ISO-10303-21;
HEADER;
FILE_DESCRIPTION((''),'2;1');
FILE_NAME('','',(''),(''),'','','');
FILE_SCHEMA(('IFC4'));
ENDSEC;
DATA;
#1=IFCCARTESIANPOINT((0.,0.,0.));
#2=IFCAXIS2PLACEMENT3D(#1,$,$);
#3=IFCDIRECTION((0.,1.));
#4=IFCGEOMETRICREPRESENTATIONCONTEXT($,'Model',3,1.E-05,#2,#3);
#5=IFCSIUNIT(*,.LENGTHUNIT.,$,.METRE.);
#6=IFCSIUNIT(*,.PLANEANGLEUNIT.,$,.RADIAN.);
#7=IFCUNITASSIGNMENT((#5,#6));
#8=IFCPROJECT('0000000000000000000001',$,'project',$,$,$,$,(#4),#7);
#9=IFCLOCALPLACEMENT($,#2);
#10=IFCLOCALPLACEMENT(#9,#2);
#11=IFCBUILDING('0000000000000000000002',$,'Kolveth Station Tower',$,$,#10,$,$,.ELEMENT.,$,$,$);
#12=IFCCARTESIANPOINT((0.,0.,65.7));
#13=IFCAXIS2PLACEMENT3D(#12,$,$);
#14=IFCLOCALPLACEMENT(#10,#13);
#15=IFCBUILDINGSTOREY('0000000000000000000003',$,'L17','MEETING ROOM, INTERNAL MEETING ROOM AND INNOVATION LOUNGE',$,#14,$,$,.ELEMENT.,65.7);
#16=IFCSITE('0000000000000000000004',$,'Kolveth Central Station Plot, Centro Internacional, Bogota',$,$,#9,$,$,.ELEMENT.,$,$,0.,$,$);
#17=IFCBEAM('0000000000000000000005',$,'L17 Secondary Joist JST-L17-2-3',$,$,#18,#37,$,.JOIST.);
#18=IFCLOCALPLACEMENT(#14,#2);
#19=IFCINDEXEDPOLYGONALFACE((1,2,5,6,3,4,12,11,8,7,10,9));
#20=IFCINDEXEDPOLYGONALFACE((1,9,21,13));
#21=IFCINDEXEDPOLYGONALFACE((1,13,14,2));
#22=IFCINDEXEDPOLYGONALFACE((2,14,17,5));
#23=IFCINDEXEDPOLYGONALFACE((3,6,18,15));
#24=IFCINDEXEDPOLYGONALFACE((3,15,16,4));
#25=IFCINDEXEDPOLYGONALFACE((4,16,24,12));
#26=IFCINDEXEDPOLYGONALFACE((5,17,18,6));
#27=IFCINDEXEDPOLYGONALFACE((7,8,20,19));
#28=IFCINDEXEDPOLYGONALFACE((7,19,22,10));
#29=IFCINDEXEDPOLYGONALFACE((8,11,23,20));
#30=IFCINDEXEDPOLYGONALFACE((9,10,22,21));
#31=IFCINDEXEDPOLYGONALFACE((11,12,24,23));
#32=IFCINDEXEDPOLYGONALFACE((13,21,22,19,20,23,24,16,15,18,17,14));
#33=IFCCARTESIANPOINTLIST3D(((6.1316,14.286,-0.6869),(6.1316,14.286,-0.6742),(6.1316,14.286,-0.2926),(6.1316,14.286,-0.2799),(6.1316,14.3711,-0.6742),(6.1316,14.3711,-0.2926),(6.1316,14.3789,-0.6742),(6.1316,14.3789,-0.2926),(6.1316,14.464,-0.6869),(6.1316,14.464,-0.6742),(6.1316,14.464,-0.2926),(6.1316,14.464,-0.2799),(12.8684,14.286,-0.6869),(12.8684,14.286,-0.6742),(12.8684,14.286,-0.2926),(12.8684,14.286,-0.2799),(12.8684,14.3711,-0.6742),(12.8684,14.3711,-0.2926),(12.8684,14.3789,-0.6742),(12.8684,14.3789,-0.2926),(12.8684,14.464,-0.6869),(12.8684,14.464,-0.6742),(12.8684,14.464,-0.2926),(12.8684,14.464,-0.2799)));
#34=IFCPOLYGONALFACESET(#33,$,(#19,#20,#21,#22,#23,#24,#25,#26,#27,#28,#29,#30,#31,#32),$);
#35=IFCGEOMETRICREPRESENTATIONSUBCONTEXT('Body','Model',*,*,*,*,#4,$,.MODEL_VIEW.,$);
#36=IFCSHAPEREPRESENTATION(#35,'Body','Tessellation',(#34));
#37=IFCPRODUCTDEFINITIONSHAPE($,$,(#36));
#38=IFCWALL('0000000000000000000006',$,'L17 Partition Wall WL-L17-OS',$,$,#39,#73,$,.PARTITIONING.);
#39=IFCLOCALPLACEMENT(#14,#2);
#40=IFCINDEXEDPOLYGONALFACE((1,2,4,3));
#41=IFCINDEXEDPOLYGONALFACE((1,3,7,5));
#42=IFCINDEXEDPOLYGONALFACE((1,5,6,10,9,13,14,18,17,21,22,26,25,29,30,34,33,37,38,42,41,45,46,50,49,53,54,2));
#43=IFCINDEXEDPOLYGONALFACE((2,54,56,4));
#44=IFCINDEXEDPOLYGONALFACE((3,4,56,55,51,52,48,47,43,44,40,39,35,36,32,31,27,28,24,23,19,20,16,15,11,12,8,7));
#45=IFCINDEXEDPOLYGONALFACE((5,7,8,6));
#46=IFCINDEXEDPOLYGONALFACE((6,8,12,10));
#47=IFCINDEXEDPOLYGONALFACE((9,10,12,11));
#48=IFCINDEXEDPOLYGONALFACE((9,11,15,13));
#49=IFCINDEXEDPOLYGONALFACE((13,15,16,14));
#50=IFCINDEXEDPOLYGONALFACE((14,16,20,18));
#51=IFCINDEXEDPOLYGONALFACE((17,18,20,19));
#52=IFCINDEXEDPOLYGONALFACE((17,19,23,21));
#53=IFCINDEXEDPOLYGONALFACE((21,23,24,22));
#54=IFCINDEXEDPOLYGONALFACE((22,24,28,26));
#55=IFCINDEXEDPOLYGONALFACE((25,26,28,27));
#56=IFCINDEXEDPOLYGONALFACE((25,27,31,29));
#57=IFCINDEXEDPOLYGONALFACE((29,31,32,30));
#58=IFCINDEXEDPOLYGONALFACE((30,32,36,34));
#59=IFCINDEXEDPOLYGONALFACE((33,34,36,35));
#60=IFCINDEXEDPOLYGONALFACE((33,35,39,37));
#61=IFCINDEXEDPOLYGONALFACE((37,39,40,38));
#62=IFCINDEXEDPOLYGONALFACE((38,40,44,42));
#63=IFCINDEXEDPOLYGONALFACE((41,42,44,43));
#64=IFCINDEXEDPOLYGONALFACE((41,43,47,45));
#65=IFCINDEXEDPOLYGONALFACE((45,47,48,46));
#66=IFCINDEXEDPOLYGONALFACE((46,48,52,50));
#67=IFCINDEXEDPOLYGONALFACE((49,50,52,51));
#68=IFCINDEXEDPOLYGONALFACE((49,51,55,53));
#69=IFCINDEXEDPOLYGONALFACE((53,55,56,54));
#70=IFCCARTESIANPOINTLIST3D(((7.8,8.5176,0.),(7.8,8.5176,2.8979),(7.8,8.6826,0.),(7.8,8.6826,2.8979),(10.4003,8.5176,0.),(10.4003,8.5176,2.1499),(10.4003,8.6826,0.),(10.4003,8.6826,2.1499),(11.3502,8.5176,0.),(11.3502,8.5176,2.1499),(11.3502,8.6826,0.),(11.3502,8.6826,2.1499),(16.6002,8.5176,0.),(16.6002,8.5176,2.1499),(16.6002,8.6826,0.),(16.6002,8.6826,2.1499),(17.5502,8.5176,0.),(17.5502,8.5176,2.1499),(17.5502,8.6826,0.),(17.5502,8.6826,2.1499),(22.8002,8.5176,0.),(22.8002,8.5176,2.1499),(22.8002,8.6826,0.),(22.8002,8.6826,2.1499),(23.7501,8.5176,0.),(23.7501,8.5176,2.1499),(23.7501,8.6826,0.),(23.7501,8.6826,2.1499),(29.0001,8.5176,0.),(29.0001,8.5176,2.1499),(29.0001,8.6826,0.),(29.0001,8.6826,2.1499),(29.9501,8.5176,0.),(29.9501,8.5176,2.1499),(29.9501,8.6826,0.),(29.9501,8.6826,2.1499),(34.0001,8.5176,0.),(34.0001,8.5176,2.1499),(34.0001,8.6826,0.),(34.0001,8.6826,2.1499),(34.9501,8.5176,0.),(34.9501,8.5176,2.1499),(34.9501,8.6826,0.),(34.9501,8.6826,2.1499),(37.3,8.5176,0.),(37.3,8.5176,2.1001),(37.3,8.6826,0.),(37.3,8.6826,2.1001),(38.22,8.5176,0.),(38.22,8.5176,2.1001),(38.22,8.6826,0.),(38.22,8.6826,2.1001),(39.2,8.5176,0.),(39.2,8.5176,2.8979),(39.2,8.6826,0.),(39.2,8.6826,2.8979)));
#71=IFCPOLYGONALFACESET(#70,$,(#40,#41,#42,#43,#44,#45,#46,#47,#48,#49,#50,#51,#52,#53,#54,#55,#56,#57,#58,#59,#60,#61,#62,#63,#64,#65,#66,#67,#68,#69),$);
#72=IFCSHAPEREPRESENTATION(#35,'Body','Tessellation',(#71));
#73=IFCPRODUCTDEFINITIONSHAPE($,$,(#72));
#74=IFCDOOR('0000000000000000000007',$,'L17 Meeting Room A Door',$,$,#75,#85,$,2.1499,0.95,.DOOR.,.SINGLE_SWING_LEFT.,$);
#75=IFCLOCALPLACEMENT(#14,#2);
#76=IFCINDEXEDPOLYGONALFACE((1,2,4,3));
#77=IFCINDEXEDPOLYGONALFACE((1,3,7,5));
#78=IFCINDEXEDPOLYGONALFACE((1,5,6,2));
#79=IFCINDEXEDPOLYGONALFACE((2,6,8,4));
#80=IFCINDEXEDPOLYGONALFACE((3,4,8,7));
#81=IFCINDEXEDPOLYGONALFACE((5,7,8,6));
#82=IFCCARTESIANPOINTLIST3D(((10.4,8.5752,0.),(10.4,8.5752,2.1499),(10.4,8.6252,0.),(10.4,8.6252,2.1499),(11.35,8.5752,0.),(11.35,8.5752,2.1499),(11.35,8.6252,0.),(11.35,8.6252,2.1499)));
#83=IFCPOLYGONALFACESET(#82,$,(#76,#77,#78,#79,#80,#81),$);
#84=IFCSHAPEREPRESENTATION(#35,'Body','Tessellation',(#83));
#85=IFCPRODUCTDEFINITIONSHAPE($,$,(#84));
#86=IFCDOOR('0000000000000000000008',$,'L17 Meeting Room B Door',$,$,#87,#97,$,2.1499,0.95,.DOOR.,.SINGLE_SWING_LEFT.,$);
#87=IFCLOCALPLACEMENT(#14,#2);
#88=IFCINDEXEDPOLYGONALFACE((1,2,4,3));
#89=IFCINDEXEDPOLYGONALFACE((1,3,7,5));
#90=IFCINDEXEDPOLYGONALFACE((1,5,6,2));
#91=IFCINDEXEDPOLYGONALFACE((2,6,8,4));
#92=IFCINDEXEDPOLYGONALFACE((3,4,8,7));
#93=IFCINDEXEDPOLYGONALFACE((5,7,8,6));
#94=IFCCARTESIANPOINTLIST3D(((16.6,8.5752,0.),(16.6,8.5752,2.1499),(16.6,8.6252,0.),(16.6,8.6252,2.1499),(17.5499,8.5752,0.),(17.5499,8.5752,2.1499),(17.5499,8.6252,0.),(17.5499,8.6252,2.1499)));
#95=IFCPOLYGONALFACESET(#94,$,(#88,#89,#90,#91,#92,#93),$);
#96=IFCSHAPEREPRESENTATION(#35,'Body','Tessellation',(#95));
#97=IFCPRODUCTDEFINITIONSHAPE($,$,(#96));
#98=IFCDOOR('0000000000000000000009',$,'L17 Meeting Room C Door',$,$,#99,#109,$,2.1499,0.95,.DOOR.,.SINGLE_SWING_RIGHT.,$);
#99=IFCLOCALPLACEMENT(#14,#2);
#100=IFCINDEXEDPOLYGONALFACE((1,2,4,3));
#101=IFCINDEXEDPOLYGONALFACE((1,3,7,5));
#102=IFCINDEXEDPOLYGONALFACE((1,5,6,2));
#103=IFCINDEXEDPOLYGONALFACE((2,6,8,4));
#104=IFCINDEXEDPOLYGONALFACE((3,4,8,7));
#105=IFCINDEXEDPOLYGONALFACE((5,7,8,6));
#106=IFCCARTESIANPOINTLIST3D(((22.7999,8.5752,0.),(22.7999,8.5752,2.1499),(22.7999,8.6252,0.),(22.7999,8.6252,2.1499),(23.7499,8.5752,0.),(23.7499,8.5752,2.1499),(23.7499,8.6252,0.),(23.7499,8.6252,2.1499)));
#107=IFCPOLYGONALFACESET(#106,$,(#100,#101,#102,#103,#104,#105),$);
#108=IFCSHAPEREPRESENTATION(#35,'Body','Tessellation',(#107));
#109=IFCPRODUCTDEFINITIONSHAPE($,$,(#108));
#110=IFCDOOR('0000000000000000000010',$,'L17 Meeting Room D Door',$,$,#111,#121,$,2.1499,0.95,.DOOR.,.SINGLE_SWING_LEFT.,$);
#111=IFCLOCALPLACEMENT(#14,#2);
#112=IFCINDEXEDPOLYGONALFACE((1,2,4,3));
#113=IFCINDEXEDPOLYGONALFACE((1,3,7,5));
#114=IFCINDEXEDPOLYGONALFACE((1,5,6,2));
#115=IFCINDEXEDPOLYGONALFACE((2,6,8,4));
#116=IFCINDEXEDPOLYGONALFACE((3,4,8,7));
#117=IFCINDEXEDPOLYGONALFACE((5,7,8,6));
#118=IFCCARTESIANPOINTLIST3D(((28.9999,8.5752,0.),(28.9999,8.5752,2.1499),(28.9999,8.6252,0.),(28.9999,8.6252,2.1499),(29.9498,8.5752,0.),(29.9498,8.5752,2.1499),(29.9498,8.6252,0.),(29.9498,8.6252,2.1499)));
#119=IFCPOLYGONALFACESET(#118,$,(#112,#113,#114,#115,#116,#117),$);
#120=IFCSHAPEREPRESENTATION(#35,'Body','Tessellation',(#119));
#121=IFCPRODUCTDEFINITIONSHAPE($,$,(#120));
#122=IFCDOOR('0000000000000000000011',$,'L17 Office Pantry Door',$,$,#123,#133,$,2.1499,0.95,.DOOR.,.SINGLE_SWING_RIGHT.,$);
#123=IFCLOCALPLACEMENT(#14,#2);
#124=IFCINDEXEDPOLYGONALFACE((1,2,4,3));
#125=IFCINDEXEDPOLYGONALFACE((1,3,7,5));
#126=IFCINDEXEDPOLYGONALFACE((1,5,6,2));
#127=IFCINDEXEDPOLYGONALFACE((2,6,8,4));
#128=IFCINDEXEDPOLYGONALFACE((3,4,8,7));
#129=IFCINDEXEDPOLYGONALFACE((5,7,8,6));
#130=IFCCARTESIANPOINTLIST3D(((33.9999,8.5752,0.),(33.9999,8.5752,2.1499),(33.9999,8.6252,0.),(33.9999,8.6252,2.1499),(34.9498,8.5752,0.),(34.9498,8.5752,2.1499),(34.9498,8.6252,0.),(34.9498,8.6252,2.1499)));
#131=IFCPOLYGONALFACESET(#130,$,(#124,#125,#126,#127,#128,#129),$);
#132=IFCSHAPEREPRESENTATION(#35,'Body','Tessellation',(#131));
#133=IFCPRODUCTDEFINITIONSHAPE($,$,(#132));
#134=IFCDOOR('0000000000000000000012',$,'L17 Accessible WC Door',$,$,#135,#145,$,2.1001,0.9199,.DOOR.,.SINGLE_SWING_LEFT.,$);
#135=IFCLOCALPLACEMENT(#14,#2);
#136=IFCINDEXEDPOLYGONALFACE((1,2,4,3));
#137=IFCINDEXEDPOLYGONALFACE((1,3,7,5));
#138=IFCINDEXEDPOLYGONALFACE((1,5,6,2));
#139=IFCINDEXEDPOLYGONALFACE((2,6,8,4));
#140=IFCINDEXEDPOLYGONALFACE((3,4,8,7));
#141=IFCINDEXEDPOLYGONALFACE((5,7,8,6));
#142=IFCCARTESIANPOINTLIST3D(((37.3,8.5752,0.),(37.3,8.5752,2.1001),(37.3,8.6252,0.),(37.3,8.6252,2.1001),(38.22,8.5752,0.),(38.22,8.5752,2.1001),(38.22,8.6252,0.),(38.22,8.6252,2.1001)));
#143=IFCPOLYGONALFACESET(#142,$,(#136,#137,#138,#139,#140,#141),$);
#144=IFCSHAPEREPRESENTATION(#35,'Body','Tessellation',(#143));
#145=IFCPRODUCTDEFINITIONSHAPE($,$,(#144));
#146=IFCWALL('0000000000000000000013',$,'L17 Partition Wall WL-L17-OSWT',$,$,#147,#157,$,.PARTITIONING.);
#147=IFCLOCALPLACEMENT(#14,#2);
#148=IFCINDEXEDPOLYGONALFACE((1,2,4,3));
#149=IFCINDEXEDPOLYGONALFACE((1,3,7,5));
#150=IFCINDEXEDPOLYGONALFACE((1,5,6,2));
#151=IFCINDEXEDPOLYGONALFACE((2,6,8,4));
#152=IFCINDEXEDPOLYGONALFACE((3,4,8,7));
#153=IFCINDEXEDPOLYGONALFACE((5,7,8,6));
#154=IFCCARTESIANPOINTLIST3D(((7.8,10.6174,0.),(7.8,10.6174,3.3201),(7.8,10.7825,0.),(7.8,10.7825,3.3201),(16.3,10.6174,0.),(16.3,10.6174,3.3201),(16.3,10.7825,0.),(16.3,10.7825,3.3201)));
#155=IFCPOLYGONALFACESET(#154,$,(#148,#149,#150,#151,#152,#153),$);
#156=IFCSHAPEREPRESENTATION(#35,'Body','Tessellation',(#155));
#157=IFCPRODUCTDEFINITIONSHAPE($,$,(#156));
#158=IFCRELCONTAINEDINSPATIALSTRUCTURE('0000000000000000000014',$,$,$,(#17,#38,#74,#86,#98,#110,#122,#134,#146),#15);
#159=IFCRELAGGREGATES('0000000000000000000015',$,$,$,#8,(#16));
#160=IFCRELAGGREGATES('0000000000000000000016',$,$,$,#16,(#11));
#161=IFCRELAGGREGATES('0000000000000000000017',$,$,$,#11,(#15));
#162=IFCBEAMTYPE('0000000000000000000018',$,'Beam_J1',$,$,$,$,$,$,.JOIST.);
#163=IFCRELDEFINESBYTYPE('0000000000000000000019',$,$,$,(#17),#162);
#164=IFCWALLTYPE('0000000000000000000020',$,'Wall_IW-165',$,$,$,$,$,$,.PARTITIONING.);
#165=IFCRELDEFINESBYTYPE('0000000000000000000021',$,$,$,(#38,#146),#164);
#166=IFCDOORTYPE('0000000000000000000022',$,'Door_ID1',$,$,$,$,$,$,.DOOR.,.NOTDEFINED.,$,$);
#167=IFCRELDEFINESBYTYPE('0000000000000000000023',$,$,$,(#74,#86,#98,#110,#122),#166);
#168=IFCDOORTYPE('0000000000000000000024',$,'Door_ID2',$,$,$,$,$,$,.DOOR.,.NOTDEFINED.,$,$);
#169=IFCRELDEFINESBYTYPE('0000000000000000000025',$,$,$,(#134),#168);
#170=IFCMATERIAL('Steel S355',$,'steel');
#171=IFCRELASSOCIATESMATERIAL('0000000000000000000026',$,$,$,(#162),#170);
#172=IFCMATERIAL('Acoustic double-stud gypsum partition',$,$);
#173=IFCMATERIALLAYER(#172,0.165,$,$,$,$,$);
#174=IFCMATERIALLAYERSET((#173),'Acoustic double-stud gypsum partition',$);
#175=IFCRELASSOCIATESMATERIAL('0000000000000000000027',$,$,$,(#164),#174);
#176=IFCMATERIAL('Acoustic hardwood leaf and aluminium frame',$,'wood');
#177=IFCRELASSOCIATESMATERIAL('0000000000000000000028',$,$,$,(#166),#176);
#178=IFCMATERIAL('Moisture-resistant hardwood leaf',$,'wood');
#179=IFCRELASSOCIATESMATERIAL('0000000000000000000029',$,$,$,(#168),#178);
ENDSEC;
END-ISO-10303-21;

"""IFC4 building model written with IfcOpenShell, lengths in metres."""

from ifc_helpers import new_model, si_unit, direction, frame, frame_2d, origin, origin_2d, place, context, subcontext, project, spatial, rectangle, i_section, extrude, source, transform, mapped, material, layer, layer_set, material_profile, profile_set, type_object, element, fill, save


model = new_model("IFC4")

# Units and contexts
model_context = context("Model", 3, precision=1e-05, world=origin(), true_north=direction((0.0, 1.0)))
body_context = subcontext(model_context, "Body", "Model", "MODEL_VIEW")
ifc_project = project(units=[si_unit("LENGTHUNIT", "METRE"), si_unit("PLANEANGLEUNIT", "RADIAN")], contexts=[model_context])

# Site, building, storey
site_placement = place(None, origin())
site = spatial("IfcSite", under=ifc_project, at=site_placement, Name="Kolveth Central Station Plot, Centro Internacional, Bogota", CompositionType="ELEMENT", RefElevation=0.0)
building_placement = place(site_placement, origin())
building = spatial("IfcBuilding", under=site, at=building_placement, Name="Kolveth Station Tower", CompositionType="ELEMENT")
storey_placement = place(building_placement, frame((0.0, 0.0, 65.7)))
storey = spatial("IfcBuildingStorey", under=building, at=storey_placement, Name="L17", Description="MEETING ROOM, INTERNAL MEETING ROOM AND INNOVATION LOUNGE", CompositionType="ELEMENT", Elevation=65.7)

# Beam
ifc_material_1 = material(Name="Steel S355", Category="steel")
ifc_material_profile_1 = material_profile(ifc_material_1, i_section(OverallWidth=0.178, OverallDepth=0.407, WebThickness=0.0078, FlangeThickness=0.0127, at=origin_2d()), Name="W410x60")
ifc_profile_set_1 = profile_set([ifc_material_profile_1], Name="Steel S355")
beam_type_1 = type_object("IfcBeamType", Name="Beam_J1", PredefinedType="JOIST", material=ifc_profile_set_1)
shared_shape_1 = source(origin(), body_context, "Body", "SweptSolid", [
    extrude(i_section(OverallWidth=0.178, OverallDepth=0.407, WebThickness=0.0078, FlangeThickness=0.0127, at=origin_2d()), origin(), (0.0, 0.0, 1.0), 6.7368),
])
beam_placement = place(storey_placement, frame((6.1316, 14.375, -0.4834), z_axis=(1.0, 0.0, 0.0), x_axis=(0.0, 1.0, 0.0)))
element("IfcBeam", 1, at=beam_placement, inside=storey, type_object=beam_type_1, Name="L17 Secondary Joist JST-L17-2-3", PredefinedType="JOIST", context=body_context, shape_type="MappedRepresentation", body=[
    mapped(shared_shape_1, transform((0.0, 0.0, 0.0), x_axis=(1.0, 0.0, 0.0), y_axis=(0.0, 1.0, 0.0), z_axis=(0.0, 0.0, 1.0), scale=1.0)),
])

# Wall, openings, doors
ifc_material_2 = material(Name="Acoustic double-stud gypsum partition")
ifc_layer = layer(ifc_material_2, 0.165)
ifc_layer_set = layer_set([ifc_layer], Name="Acoustic double-stud gypsum partition")
wall_type = type_object("IfcWallType", Name="Wall_IW-165", PredefinedType="PARTITIONING", material=ifc_layer_set)
wall_1_placement = place(storey_placement, frame((7.8, 8.6001, 0.0), z_axis=(0.0, 0.0, 1.0), x_axis=(1.0, 0.0, 0.0)))
wall_1 = element("IfcWall", 2, at=wall_1_placement, inside=storey, type_object=wall_type, Name="L17 Partition Wall WL-L17-OS", PredefinedType="PARTITIONING", context=body_context, shape_type="SweptSolid", body=[
    extrude(rectangle(XDim=31.3999, YDim=0.165, at=frame_2d((15.7, 0.0))), origin(), (0.0, 0.0, 1.0), 2.8979),
])
opening_1_placement = place(wall_1_placement, frame((2.6001, 0.0, 0.0)))
opening_1 = element("IfcOpeningElement", 3, at=opening_1_placement, cuts=wall_1, PredefinedType="OPENING", context=body_context, shape_type="SweptSolid", body=[
    extrude(rectangle(XDim=0.95, YDim=2.1499, at=frame_2d((0.4751, 1.075))), frame((0.0, 0.0925, 0.0), z_axis=(0.0, -1.0, 0.0), x_axis=(1.0, 0.0, 0.0)), (0.0, 0.0, 1.0), 0.1851),
])
opening_2_placement = place(wall_1_placement, frame((8.8, 0.0, 0.0)))
opening_2 = element("IfcOpeningElement", 4, at=opening_2_placement, cuts=wall_1, PredefinedType="OPENING", context=body_context, shape_type="SweptSolid", body=[
    extrude(rectangle(XDim=0.95, YDim=2.1499, at=frame_2d((0.4751, 1.075))), frame((0.0, 0.0925, 0.0), z_axis=(0.0, -1.0, 0.0), x_axis=(1.0, 0.0, 0.0)), (0.0, 0.0, 1.0), 0.1851),
])
opening_3_placement = place(wall_1_placement, frame((15.0, 0.0, 0.0)))
opening_3 = element("IfcOpeningElement", 5, at=opening_3_placement, cuts=wall_1, PredefinedType="OPENING", context=body_context, shape_type="SweptSolid", body=[
    extrude(rectangle(XDim=0.95, YDim=2.1499, at=frame_2d((0.4751, 1.075))), frame((0.0, 0.0925, 0.0), z_axis=(0.0, -1.0, 0.0), x_axis=(1.0, 0.0, 0.0)), (0.0, 0.0, 1.0), 0.1851),
])
opening_4_placement = place(wall_1_placement, frame((21.2, 0.0, 0.0)))
opening_4 = element("IfcOpeningElement", 6, at=opening_4_placement, cuts=wall_1, PredefinedType="OPENING", context=body_context, shape_type="SweptSolid", body=[
    extrude(rectangle(XDim=0.95, YDim=2.1499, at=frame_2d((0.4751, 1.075))), frame((0.0, 0.0925, 0.0), z_axis=(0.0, -1.0, 0.0), x_axis=(1.0, 0.0, 0.0)), (0.0, 0.0, 1.0), 0.1851),
])
opening_5_placement = place(wall_1_placement, frame((26.2, 0.0, 0.0)))
opening_5 = element("IfcOpeningElement", 7, at=opening_5_placement, cuts=wall_1, PredefinedType="OPENING", context=body_context, shape_type="SweptSolid", body=[
    extrude(rectangle(XDim=0.95, YDim=2.1499, at=frame_2d((0.4751, 1.075))), frame((0.0, 0.0925, 0.0), z_axis=(0.0, -1.0, 0.0), x_axis=(1.0, 0.0, 0.0)), (0.0, 0.0, 1.0), 0.1851),
])
opening_6_placement = place(wall_1_placement, frame((29.5, 0.0, 0.0)))
opening_6 = element("IfcOpeningElement", 8, at=opening_6_placement, cuts=wall_1, PredefinedType="OPENING", context=body_context, shape_type="SweptSolid", body=[
    extrude(rectangle(XDim=0.9199, YDim=2.1001, at=frame_2d((0.46, 1.05))), frame((0.0, 0.0925, 0.0), z_axis=(0.0, -1.0, 0.0), x_axis=(1.0, 0.0, 0.0)), (0.0, 0.0, 1.0), 0.1851),
])
ifc_material_3 = material(Name="Acoustic hardwood leaf and aluminium frame", Category="wood")
door_type_1 = type_object("IfcDoorType", Name="Door_ID1", OperationType="NOTDEFINED", PredefinedType="DOOR", material=ifc_material_3)
door_1_placement = place(opening_1_placement, frame((0.95, 0.0, 0.0), z_axis=(0.0, 0.0, 1.0), x_axis=(-1.0, 0.0, 0.0)))
door_1 = element("IfcDoor", 9, at=door_1_placement, inside=storey, type_object=door_type_1, Name="L17 Meeting Room A Door", OperationType="SINGLE_SWING_LEFT", OverallHeight=2.1499, OverallWidth=0.95, PredefinedType="DOOR", context=body_context, shape_type="SweptSolid", body=[
    extrude(rectangle(XDim=0.95, YDim=2.1499, at=frame_2d((0.4751, 1.075))), frame((0.0, 0.0249, 0.0), z_axis=(0.0, -1.0, 0.0), x_axis=(1.0, 0.0, 0.0)), (0.0, 0.0, 1.0), 0.05),
])
fill(opening_1, door_1)
door_2_placement = place(opening_2_placement, frame((0.95, 0.0, 0.0), z_axis=(0.0, 0.0, 1.0), x_axis=(-1.0, 0.0, 0.0)))
door_2 = element("IfcDoor", 10, at=door_2_placement, inside=storey, type_object=door_type_1, Name="L17 Meeting Room B Door", OperationType="SINGLE_SWING_LEFT", OverallHeight=2.1499, OverallWidth=0.95, PredefinedType="DOOR", context=body_context, shape_type="SweptSolid", body=[
    extrude(rectangle(XDim=0.95, YDim=2.1499, at=frame_2d((0.4751, 1.075))), frame((0.0, 0.0249, 0.0), z_axis=(0.0, -1.0, 0.0), x_axis=(1.0, 0.0, 0.0)), (0.0, 0.0, 1.0), 0.05),
])
fill(opening_2, door_2)
door_3_placement = place(opening_3_placement, frame((0.95, 0.0, 0.0), z_axis=(0.0, 0.0, 1.0), x_axis=(-1.0, 0.0, 0.0)))
door_3 = element("IfcDoor", 11, at=door_3_placement, inside=storey, type_object=door_type_1, Name="L17 Meeting Room C Door", OperationType="SINGLE_SWING_RIGHT", OverallHeight=2.1499, OverallWidth=0.95, PredefinedType="DOOR", context=body_context, shape_type="SweptSolid", body=[
    extrude(rectangle(XDim=0.95, YDim=2.1499, at=frame_2d((0.4751, 1.075))), frame((0.0, 0.0249, 0.0), z_axis=(0.0, -1.0, 0.0), x_axis=(1.0, 0.0, 0.0)), (0.0, 0.0, 1.0), 0.05),
])
fill(opening_3, door_3)
door_4_placement = place(opening_4_placement, frame((0.95, 0.0, 0.0), z_axis=(0.0, 0.0, 1.0), x_axis=(-1.0, 0.0, 0.0)))
door_4 = element("IfcDoor", 12, at=door_4_placement, inside=storey, type_object=door_type_1, Name="L17 Meeting Room D Door", OperationType="SINGLE_SWING_LEFT", OverallHeight=2.1499, OverallWidth=0.95, PredefinedType="DOOR", context=body_context, shape_type="SweptSolid", body=[
    extrude(rectangle(XDim=0.95, YDim=2.1499, at=frame_2d((0.4751, 1.075))), frame((0.0, 0.0249, 0.0), z_axis=(0.0, -1.0, 0.0), x_axis=(1.0, 0.0, 0.0)), (0.0, 0.0, 1.0), 0.05),
])
fill(opening_4, door_4)
door_5_placement = place(opening_5_placement, frame((0.95, 0.0, 0.0), z_axis=(0.0, 0.0, 1.0), x_axis=(-1.0, 0.0, 0.0)))
door_5 = element("IfcDoor", 13, at=door_5_placement, inside=storey, type_object=door_type_1, Name="L17 Office Pantry Door", OperationType="SINGLE_SWING_RIGHT", OverallHeight=2.1499, OverallWidth=0.95, PredefinedType="DOOR", context=body_context, shape_type="SweptSolid", body=[
    extrude(rectangle(XDim=0.95, YDim=2.1499, at=frame_2d((0.4751, 1.075))), frame((0.0, 0.0249, 0.0), z_axis=(0.0, -1.0, 0.0), x_axis=(1.0, 0.0, 0.0)), (0.0, 0.0, 1.0), 0.05),
])
fill(opening_5, door_5)
ifc_material_4 = material(Name="Moisture-resistant hardwood leaf", Category="wood")
door_type_2 = type_object("IfcDoorType", Name="Door_ID2", OperationType="NOTDEFINED", PredefinedType="DOOR", material=ifc_material_4)
door_6_placement = place(opening_6_placement, frame((0.9199, 0.0, 0.0), z_axis=(0.0, 0.0, 1.0), x_axis=(-1.0, 0.0, 0.0)))
door_6 = element("IfcDoor", 14, at=door_6_placement, inside=storey, type_object=door_type_2, Name="L17 Accessible WC Door", OperationType="SINGLE_SWING_LEFT", OverallHeight=2.1001, OverallWidth=0.9199, PredefinedType="DOOR", context=body_context, shape_type="SweptSolid", body=[
    extrude(rectangle(XDim=0.9199, YDim=2.1001, at=frame_2d((0.46, 1.05))), frame((0.0, 0.0249, 0.0), z_axis=(0.0, -1.0, 0.0), x_axis=(1.0, 0.0, 0.0)), (0.0, 0.0, 1.0), 0.05),
])
fill(opening_6, door_6)

# Wall
wall_2_placement = place(storey_placement, frame((7.8, 10.7, 0.0), z_axis=(0.0, 0.0, 1.0), x_axis=(1.0, 0.0, 0.0)))
element("IfcWall", 15, at=wall_2_placement, inside=storey, type_object=wall_type, Name="L17 Partition Wall WL-L17-OSWT", PredefinedType="PARTITIONING", context=body_context, shape_type="SweptSolid", body=[
    extrude(rectangle(XDim=8.5, YDim=0.165, at=frame_2d((4.25, 0.0))), origin(), (0.0, 0.0, 1.0), 3.3201),
])

save(model, "model.ifc")
